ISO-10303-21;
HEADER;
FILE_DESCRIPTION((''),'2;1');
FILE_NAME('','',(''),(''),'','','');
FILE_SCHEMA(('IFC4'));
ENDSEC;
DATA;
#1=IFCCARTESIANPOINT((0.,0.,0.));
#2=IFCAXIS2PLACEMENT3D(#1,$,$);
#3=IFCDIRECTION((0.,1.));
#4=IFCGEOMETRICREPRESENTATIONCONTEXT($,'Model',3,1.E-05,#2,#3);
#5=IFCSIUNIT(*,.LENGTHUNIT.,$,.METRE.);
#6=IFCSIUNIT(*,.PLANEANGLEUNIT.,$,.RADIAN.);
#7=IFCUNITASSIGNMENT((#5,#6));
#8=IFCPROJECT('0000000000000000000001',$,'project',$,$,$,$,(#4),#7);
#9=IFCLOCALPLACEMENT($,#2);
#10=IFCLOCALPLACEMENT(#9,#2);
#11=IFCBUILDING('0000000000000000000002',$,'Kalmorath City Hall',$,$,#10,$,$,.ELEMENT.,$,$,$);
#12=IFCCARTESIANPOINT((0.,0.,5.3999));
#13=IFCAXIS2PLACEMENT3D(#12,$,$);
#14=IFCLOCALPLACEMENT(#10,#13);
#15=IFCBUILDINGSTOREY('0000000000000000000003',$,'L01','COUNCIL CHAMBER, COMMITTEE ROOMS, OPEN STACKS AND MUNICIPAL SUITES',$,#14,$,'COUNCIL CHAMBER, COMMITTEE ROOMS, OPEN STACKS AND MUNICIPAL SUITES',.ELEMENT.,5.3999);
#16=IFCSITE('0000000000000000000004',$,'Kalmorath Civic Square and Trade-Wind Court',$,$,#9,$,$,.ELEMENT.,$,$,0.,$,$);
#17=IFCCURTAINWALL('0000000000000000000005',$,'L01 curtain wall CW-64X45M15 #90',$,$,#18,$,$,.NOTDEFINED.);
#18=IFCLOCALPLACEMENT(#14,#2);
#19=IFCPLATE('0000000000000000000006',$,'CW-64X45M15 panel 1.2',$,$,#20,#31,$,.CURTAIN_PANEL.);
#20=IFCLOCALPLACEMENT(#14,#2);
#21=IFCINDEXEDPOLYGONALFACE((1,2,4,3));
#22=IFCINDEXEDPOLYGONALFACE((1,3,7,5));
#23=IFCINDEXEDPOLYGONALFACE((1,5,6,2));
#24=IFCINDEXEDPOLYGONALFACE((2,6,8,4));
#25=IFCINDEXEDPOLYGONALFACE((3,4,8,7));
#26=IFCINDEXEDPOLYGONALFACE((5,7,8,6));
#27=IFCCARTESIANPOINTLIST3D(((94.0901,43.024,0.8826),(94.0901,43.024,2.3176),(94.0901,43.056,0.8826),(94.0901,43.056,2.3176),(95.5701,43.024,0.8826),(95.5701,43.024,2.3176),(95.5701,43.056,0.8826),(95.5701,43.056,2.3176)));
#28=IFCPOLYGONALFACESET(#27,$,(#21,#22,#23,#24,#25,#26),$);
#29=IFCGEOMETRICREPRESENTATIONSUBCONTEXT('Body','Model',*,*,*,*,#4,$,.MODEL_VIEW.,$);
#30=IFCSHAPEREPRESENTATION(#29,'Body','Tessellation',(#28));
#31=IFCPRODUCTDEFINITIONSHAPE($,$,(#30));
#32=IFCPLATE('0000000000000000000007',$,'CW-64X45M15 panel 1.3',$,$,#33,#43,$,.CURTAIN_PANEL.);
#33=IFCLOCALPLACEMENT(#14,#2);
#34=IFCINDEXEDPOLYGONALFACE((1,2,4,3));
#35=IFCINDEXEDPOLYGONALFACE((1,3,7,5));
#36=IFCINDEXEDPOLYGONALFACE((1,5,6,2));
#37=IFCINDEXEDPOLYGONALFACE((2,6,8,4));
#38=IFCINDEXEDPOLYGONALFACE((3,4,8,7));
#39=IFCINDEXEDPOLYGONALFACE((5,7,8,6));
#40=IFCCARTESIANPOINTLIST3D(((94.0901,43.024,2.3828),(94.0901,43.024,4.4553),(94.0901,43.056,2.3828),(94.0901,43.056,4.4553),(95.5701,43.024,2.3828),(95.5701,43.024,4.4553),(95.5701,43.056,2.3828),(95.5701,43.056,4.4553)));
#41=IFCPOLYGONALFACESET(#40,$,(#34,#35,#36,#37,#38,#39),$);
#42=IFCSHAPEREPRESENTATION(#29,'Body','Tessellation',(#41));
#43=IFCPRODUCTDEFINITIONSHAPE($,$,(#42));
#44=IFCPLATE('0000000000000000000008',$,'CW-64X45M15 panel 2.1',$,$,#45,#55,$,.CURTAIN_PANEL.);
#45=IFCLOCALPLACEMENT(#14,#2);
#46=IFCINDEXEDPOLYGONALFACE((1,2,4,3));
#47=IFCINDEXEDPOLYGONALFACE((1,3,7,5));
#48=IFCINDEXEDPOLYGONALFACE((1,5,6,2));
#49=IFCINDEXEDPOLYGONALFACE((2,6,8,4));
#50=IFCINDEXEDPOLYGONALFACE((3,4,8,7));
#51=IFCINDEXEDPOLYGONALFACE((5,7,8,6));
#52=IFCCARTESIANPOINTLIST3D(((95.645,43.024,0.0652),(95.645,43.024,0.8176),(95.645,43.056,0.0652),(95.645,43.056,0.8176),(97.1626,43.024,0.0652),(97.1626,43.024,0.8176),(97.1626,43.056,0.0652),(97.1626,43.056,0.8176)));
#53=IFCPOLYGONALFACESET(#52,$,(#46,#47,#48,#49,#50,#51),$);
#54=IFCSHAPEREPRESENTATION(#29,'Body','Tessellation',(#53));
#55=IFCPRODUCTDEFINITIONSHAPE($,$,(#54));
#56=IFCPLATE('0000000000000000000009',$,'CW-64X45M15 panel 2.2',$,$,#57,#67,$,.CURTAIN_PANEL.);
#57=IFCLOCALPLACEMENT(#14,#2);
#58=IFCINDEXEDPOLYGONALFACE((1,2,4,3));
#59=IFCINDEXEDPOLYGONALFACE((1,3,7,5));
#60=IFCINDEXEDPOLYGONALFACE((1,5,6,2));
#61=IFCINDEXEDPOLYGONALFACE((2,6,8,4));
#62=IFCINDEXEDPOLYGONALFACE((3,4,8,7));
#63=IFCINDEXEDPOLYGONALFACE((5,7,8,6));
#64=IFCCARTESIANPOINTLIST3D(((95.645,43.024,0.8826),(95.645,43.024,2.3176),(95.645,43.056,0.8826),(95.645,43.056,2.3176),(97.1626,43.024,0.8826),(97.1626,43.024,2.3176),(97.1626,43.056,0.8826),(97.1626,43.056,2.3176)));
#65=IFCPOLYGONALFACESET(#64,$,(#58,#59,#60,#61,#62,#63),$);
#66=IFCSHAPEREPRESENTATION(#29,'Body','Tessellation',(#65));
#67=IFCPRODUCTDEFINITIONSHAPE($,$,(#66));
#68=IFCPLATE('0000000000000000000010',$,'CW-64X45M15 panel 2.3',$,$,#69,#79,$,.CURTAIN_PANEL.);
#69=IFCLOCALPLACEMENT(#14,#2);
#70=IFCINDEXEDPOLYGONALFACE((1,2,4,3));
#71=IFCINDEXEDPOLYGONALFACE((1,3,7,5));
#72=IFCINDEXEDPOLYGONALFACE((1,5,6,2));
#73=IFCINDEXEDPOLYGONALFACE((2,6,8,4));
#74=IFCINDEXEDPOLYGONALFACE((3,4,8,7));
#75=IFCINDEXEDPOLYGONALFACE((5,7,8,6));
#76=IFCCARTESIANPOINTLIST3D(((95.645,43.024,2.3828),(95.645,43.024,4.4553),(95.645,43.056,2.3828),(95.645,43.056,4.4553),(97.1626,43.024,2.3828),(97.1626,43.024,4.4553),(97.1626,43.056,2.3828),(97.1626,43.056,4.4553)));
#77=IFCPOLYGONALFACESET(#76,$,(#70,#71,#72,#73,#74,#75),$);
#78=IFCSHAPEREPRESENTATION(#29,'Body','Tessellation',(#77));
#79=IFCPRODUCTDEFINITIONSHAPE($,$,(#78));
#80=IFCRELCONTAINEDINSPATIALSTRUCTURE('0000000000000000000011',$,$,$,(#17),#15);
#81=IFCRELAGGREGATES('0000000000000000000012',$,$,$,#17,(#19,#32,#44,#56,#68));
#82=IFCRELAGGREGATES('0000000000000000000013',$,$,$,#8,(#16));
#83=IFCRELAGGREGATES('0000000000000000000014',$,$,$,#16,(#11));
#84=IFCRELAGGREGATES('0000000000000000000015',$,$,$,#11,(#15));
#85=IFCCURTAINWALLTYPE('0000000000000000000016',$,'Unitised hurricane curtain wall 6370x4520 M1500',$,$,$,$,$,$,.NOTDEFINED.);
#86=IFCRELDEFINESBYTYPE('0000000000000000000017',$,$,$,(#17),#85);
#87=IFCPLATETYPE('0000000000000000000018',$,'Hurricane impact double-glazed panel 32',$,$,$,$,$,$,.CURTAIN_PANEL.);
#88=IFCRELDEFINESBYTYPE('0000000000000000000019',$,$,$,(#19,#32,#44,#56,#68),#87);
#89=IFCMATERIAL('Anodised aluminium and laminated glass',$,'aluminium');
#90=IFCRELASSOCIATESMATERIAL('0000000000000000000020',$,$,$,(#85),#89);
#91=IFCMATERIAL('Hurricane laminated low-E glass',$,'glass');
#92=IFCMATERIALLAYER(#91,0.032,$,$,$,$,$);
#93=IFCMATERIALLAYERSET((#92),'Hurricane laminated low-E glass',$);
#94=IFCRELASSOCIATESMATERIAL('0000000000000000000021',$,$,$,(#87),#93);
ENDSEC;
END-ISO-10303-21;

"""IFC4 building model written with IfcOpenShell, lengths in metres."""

from ifc_helpers import new_model, si_unit, direction, frame, origin, origin_2d, place, context, subcontext, project, spatial, rectangle, extrude, material, layer, layer_set, type_object, element, aggregate, save


model = new_model("IFC4")

# Units and contexts
model_context = context("Model", 3, precision=1e-05, world=origin(), true_north=direction((0.0, 1.0)))
body_context = subcontext(model_context, "Body", "Model", "MODEL_VIEW")
ifc_project = project(units=[si_unit("LENGTHUNIT", "METRE"), si_unit("PLANEANGLEUNIT", "RADIAN")], contexts=[model_context])

# Site, building, storey
site_placement = place(None, origin())
site = spatial("IfcSite", under=ifc_project, at=site_placement, Name="Kalmorath Civic Square and Trade-Wind Court", CompositionType="ELEMENT", RefElevation=0.0)
building_placement = place(site_placement, origin())
building = spatial("IfcBuilding", under=site, at=building_placement, Name="Kalmorath City Hall", CompositionType="ELEMENT")
storey_placement = place(building_placement, frame((0.0, 0.0, 5.3999)))
storey = spatial("IfcBuildingStorey", under=building, at=storey_placement, Name="L01", Description="COUNCIL CHAMBER, COMMITTEE ROOMS, OPEN STACKS AND MUNICIPAL SUITES", LongName="COUNCIL CHAMBER, COMMITTEE ROOMS, OPEN STACKS AND MUNICIPAL SUITES", CompositionType="ELEMENT", Elevation=5.3999)

# Curtain wall
ifc_material_1 = material(Name="Anodised aluminium and laminated glass", Category="aluminium")
curtain_wall_type_1 = type_object("IfcCurtainWallType", Name="Unitised hurricane curtain wall 6370x4520 M1500", PredefinedType="NOTDEFINED", material=ifc_material_1)
curtain_wall_1_placement = place(storey_placement, origin())
curtain_wall_1 = element("IfcCurtainWall", 1, at=curtain_wall_1_placement, inside=storey, type_object=curtain_wall_type_1, Name="L01 curtain wall CW-64X45M15 #90", PredefinedType="NOTDEFINED")

# Plates
ifc_material_2 = material(Name="Hurricane laminated low-E glass", Category="glass")
ifc_layer = layer(ifc_material_2, 0.032)
ifc_layer_set = layer_set([ifc_layer], Name="Hurricane laminated low-E glass")
plate_type = type_object("IfcPlateType", Name="Hurricane impact double-glazed panel 32", PredefinedType="CURTAIN_PANEL", material=ifc_layer_set)
plate_1_placement = place(storey_placement, frame((94.8301, 43.04, 0.8826), z_axis=(0.0, 0.0, 1.0), x_axis=(1.0, 0.0, 0.0)))
plate_1 = element("IfcPlate", 2, at=plate_1_placement, type_object=plate_type, Name="CW-64X45M15 panel 1.2", PredefinedType="CURTAIN_PANEL", context=body_context, shape_type="SweptSolid", body=[
    extrude(rectangle(XDim=1.48, YDim=0.032, at=origin_2d()), origin(), (0.0, 0.0, 1.0), 1.4351),
])
plate_2_placement = place(storey_placement, frame((94.8301, 43.04, 2.3828), z_axis=(0.0, 0.0, 1.0), x_axis=(1.0, 0.0, 0.0)))
plate_2 = element("IfcPlate", 3, at=plate_2_placement, type_object=plate_type, Name="CW-64X45M15 panel 1.3", PredefinedType="CURTAIN_PANEL", context=body_context, shape_type="SweptSolid", body=[
    extrude(rectangle(XDim=1.48, YDim=0.032, at=origin_2d()), origin(), (0.0, 0.0, 1.0), 2.0725),
])
plate_3_placement = place(storey_placement, frame((96.4038, 43.04, 0.0652), z_axis=(0.0, 0.0, 1.0), x_axis=(1.0, 0.0, 0.0)))
plate_3 = element("IfcPlate", 4, at=plate_3_placement, type_object=plate_type, Name="CW-64X45M15 panel 2.1", PredefinedType="CURTAIN_PANEL", context=body_context, shape_type="SweptSolid", body=[
    extrude(rectangle(XDim=1.5176, YDim=0.032, at=origin_2d()), origin(), (0.0, 0.0, 1.0), 0.7524),
])
plate_4_placement = place(storey_placement, frame((96.4038, 43.04, 0.8826), z_axis=(0.0, 0.0, 1.0), x_axis=(1.0, 0.0, 0.0)))
plate_4 = element("IfcPlate", 5, at=plate_4_placement, type_object=plate_type, Name="CW-64X45M15 panel 2.2", PredefinedType="CURTAIN_PANEL", context=body_context, shape_type="SweptSolid", body=[
    extrude(rectangle(XDim=1.5176, YDim=0.032, at=origin_2d()), origin(), (0.0, 0.0, 1.0), 1.4351),
])
plate_5_placement = place(storey_placement, frame((96.4038, 43.04, 2.3828), z_axis=(0.0, 0.0, 1.0), x_axis=(1.0, 0.0, 0.0)))
plate_5 = element("IfcPlate", 6, at=plate_5_placement, type_object=plate_type, Name="CW-64X45M15 panel 2.3", PredefinedType="CURTAIN_PANEL", context=body_context, shape_type="SweptSolid", body=[
    extrude(rectangle(XDim=1.5176, YDim=0.032, at=origin_2d()), origin(), (0.0, 0.0, 1.0), 2.0725),
])
aggregate(curtain_wall_1, [plate_1, plate_2, plate_3, plate_4, plate_5])

save(model, "model.ifc")
